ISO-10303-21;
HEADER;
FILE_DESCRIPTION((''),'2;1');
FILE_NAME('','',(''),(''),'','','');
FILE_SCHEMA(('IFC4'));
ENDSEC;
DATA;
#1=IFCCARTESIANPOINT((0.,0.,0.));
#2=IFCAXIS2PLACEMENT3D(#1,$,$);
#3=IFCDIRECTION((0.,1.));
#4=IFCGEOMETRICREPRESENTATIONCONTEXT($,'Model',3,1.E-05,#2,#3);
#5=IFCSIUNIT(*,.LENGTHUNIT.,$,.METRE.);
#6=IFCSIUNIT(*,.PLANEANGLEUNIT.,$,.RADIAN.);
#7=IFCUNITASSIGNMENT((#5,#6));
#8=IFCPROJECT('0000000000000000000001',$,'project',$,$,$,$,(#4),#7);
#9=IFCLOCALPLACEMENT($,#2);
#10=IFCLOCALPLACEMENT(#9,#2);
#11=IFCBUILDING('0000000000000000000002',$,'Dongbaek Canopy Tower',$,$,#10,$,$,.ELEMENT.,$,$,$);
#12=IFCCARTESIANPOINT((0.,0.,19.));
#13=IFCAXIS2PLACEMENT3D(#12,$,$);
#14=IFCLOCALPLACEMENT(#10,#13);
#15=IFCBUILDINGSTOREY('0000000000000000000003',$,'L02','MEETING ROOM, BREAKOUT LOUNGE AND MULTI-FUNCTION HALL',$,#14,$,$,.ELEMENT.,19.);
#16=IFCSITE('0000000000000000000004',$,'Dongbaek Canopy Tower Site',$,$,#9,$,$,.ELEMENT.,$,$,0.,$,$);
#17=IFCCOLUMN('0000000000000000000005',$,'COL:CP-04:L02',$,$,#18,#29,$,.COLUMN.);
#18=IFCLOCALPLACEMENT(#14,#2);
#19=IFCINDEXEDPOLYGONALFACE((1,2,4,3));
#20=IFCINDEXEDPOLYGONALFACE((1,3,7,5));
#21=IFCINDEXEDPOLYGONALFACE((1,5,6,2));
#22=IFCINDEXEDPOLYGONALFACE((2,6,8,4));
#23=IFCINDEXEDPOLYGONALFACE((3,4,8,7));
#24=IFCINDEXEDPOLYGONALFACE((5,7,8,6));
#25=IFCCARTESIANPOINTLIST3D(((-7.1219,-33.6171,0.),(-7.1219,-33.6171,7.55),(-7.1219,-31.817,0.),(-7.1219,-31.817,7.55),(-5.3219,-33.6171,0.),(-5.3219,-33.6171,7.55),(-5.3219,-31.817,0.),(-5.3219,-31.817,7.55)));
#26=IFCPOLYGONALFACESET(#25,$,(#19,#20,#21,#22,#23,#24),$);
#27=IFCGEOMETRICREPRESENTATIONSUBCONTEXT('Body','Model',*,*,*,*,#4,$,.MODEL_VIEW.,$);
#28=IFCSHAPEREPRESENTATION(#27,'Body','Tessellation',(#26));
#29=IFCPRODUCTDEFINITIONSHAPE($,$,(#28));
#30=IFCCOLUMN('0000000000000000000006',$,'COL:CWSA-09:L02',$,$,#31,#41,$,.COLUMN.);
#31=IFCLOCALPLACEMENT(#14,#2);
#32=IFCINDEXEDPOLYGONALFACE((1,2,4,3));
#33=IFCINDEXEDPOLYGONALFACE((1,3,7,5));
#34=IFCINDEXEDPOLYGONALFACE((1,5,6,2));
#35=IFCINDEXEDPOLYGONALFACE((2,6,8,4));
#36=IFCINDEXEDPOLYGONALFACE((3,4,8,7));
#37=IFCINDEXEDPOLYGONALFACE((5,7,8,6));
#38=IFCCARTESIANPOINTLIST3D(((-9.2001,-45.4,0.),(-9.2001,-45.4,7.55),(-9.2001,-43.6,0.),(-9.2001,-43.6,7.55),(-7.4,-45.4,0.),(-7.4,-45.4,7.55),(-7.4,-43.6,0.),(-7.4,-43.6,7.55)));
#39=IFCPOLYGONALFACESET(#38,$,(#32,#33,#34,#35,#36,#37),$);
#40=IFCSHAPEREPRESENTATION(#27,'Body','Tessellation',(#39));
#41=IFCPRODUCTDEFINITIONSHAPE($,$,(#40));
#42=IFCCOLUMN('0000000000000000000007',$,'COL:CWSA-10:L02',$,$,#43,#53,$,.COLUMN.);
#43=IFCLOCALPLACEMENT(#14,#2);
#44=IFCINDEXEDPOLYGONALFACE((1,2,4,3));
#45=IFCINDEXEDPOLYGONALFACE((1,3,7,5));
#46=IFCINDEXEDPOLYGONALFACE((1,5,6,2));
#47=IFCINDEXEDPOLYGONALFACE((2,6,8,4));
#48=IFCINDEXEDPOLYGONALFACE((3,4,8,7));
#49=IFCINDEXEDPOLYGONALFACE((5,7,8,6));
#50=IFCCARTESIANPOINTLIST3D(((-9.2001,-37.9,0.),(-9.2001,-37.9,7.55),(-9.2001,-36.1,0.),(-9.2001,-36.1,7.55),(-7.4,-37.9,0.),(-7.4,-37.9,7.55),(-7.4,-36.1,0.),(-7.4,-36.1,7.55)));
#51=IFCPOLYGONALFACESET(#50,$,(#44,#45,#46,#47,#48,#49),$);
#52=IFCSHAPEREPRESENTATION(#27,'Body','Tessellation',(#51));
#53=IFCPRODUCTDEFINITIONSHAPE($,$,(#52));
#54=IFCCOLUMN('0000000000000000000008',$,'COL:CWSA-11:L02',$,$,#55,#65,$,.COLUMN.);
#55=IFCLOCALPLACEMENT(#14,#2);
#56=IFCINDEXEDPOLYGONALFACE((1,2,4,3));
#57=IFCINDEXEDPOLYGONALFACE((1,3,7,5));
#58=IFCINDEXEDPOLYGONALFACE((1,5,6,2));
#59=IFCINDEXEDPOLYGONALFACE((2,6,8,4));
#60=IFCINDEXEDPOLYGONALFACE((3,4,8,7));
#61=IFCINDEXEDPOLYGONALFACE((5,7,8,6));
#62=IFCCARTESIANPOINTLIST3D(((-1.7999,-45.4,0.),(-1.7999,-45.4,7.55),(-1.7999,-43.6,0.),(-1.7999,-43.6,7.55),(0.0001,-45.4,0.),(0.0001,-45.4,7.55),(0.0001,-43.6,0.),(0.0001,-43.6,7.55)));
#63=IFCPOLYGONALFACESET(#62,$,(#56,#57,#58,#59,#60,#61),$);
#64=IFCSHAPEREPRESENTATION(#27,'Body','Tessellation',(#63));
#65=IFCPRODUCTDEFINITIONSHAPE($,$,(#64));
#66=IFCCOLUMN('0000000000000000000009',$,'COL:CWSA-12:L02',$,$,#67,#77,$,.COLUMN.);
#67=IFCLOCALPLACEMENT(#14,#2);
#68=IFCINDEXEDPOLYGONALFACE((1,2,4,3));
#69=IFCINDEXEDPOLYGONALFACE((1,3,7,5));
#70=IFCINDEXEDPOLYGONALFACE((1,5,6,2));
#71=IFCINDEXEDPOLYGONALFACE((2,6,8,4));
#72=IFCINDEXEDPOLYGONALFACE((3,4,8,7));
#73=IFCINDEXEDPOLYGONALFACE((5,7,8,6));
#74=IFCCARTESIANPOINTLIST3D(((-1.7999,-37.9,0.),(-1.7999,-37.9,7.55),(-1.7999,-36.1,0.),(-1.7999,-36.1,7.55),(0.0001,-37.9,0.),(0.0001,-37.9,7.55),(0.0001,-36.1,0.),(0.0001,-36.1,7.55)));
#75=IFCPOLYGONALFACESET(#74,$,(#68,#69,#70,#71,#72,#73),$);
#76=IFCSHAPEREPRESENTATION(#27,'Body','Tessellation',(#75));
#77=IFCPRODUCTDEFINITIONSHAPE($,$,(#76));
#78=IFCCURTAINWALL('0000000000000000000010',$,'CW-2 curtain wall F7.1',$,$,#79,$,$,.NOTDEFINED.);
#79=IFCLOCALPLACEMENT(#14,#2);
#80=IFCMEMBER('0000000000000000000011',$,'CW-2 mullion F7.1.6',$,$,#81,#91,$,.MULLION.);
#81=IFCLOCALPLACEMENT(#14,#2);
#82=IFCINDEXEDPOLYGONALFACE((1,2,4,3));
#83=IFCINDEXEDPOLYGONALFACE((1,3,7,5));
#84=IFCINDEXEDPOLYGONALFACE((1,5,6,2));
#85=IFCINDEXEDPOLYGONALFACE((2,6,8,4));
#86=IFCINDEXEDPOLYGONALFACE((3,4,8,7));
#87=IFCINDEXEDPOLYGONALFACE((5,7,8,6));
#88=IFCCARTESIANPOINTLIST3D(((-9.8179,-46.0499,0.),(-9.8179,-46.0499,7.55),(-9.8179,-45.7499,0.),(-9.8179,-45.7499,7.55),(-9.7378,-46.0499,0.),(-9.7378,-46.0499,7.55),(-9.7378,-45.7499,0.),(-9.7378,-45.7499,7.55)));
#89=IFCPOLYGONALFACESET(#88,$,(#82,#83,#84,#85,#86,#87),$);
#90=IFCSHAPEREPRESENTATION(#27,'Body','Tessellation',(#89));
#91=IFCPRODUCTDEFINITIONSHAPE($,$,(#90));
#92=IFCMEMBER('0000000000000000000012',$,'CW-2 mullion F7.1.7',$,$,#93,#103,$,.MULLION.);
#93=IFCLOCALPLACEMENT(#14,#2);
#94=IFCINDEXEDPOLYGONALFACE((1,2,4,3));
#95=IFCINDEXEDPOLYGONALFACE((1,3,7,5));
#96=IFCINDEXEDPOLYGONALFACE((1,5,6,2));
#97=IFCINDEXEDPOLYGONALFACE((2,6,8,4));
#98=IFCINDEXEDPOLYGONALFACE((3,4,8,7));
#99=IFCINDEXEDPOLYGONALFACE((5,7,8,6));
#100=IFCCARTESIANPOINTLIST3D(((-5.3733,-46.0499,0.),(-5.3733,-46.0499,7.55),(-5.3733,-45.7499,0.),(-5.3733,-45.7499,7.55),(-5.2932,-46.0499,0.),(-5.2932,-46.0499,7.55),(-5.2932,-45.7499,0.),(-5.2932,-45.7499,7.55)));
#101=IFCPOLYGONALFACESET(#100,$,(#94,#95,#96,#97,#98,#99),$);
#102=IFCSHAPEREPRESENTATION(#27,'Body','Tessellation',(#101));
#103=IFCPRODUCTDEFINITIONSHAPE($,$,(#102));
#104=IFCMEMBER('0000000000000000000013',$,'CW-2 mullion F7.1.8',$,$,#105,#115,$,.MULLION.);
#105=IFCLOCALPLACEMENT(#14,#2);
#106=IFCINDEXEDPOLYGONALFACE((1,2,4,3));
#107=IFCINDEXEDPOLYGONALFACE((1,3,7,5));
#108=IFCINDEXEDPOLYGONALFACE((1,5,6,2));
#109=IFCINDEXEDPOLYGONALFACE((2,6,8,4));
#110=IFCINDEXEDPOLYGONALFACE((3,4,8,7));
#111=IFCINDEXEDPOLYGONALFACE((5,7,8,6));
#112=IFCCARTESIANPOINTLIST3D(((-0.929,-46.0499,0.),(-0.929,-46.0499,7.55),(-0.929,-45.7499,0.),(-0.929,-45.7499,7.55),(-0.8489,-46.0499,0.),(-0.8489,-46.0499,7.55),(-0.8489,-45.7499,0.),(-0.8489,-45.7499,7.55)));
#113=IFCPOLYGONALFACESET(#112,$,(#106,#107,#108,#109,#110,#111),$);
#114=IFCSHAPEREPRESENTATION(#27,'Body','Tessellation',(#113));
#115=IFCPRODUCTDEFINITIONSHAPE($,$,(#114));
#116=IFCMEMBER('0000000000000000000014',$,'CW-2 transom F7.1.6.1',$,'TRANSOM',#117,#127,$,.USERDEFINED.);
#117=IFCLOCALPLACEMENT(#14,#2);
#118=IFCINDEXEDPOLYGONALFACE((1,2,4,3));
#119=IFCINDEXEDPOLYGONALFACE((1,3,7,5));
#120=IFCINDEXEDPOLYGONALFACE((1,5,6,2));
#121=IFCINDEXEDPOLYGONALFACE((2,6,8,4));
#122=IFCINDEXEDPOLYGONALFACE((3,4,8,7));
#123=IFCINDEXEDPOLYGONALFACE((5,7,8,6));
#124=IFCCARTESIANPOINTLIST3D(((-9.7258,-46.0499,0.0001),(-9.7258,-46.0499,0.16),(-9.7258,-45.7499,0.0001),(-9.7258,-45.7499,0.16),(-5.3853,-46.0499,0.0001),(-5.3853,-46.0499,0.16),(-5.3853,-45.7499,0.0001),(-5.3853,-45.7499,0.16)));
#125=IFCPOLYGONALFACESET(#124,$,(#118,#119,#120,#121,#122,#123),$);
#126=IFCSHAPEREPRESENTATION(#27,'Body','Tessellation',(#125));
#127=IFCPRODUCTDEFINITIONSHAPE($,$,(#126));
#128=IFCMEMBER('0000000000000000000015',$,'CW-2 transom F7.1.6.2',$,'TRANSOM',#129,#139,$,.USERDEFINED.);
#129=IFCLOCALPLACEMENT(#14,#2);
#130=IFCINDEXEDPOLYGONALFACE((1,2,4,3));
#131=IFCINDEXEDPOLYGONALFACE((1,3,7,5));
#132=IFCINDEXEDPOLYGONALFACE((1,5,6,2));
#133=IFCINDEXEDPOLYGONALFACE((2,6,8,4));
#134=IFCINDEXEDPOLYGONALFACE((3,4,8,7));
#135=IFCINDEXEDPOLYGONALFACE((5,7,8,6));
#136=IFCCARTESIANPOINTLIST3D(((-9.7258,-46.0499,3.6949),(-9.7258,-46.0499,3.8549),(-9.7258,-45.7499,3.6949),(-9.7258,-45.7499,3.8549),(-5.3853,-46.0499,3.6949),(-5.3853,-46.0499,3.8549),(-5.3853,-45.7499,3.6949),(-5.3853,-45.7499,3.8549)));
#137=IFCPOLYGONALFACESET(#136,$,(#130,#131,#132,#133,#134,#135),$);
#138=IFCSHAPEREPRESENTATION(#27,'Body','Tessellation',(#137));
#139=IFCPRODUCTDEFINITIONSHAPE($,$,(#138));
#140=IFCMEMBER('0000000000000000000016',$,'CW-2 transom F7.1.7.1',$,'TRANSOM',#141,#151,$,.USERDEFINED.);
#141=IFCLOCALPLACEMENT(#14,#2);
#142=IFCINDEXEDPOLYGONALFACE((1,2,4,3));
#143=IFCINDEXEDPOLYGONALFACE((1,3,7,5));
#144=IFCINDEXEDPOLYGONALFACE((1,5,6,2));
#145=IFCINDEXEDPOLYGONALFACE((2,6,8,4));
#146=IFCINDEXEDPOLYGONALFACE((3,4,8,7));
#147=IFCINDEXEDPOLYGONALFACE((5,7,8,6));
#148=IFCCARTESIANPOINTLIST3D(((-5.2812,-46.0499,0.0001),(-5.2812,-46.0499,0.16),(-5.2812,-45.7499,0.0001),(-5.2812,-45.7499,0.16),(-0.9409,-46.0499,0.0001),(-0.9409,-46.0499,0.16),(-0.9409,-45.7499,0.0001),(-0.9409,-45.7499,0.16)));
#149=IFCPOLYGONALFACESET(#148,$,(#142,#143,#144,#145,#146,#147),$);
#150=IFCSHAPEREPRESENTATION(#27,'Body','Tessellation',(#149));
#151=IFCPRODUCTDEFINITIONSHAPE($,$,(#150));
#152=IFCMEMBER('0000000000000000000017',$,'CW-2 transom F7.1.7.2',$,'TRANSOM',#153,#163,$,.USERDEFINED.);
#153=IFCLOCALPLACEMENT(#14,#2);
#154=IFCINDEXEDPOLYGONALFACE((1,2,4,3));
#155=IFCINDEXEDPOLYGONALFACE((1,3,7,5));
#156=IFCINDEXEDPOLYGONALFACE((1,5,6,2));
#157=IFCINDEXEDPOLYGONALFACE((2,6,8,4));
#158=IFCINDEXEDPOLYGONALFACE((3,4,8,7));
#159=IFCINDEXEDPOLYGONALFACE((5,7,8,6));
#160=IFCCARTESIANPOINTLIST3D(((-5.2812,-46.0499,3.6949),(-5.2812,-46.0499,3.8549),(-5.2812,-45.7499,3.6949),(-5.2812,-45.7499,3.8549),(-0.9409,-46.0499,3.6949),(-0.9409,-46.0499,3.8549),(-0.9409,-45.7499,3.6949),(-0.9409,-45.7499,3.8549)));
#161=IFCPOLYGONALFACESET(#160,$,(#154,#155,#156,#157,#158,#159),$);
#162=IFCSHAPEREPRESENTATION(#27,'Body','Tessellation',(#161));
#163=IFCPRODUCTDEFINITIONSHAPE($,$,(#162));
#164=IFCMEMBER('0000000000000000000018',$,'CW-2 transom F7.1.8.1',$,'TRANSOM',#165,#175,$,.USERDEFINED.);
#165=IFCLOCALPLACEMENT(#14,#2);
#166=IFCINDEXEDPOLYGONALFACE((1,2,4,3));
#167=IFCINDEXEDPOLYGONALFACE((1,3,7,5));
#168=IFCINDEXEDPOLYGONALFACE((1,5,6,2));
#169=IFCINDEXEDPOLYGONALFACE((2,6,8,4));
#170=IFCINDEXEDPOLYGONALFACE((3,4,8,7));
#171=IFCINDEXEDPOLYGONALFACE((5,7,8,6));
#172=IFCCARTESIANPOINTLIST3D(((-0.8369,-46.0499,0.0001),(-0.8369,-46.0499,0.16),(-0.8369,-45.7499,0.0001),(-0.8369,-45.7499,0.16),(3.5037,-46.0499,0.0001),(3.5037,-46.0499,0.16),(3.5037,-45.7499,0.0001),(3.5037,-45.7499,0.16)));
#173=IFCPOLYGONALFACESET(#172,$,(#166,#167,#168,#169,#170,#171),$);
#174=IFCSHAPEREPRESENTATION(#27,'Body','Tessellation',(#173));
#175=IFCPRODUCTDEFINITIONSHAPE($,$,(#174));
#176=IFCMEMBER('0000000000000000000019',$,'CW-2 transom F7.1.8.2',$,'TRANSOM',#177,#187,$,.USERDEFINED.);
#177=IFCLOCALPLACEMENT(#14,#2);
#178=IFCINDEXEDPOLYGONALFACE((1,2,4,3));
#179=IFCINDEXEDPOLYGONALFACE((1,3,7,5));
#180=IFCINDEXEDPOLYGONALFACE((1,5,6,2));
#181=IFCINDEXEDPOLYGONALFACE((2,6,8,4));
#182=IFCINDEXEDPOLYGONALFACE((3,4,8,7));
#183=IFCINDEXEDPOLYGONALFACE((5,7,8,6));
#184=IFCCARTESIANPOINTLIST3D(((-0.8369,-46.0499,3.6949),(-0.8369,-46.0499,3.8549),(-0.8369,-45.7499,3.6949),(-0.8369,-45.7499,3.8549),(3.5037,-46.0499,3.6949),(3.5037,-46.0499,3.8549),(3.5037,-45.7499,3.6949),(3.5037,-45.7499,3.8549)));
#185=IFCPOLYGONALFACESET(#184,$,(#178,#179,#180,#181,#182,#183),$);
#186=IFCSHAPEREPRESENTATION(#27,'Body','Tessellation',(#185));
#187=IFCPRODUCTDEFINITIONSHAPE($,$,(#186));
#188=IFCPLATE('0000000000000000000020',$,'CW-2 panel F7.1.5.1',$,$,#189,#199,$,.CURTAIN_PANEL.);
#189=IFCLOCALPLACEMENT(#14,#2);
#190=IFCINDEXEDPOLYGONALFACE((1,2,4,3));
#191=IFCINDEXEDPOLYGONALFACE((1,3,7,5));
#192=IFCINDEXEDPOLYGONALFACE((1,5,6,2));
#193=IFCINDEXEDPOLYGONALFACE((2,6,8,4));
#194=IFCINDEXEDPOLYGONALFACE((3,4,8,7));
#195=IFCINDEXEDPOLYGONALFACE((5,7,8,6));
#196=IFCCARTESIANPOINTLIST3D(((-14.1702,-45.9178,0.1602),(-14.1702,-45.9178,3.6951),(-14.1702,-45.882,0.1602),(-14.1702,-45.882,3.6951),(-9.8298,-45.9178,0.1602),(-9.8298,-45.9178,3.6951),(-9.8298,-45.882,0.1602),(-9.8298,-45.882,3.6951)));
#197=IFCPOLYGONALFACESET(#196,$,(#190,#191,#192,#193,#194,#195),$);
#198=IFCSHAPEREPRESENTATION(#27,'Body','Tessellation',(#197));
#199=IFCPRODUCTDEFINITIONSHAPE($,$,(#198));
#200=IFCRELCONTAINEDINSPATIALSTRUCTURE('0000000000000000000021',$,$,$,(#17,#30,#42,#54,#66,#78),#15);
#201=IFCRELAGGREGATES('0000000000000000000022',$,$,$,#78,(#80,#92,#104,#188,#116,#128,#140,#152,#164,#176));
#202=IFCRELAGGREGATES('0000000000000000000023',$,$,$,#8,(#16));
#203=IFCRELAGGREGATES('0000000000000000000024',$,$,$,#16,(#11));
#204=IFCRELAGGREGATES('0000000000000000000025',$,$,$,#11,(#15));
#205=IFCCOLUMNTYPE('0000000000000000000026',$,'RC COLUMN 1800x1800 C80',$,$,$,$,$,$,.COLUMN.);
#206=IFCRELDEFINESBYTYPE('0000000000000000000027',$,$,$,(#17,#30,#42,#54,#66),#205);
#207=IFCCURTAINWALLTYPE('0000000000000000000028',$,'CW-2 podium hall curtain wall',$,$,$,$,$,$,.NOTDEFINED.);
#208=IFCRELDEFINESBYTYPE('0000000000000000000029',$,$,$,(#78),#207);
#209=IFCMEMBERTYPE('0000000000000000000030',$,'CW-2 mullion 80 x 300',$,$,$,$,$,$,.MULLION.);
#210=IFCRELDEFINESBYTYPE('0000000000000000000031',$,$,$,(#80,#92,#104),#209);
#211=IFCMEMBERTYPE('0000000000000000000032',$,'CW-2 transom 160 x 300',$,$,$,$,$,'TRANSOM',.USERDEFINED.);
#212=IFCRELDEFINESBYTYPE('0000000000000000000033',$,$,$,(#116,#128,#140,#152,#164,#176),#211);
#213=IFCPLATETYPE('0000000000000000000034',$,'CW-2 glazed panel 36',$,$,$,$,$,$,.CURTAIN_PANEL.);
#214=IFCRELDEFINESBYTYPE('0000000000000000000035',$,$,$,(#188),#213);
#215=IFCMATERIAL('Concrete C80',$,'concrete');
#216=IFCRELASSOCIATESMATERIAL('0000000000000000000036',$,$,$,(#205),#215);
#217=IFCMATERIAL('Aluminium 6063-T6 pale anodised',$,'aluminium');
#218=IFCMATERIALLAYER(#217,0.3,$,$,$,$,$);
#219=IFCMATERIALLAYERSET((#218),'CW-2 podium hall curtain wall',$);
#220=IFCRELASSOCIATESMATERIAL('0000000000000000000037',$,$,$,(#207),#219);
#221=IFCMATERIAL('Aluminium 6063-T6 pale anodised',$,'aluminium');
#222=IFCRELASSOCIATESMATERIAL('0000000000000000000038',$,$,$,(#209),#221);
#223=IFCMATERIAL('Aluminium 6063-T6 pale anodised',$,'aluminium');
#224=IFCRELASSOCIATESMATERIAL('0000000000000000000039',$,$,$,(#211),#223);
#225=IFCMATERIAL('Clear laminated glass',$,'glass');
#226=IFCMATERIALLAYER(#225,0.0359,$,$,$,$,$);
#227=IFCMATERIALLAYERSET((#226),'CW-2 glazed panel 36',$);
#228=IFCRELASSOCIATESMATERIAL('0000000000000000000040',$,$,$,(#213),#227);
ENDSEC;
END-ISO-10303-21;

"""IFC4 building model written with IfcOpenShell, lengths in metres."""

from ifc_helpers import new_model, si_unit, direction, frame, origin, origin_2d, place, context, subcontext, project, spatial, rectangle, extrude, material, layer, layer_set, material_profile, profile_set, type_object, element, aggregate, save


model = new_model("IFC4")

# Units and contexts
model_context = context("Model", 3, precision=1e-05, world=origin(), true_north=direction((0.0, 1.0)))
body_context = subcontext(model_context, "Body", "Model", "MODEL_VIEW")
ifc_project = project(units=[si_unit("LENGTHUNIT", "METRE"), si_unit("PLANEANGLEUNIT", "RADIAN")], contexts=[model_context])

# Site, building, storey
site_placement = place(None, origin())
site = spatial("IfcSite", under=ifc_project, at=site_placement, Name="Dongbaek Canopy Tower Site", CompositionType="ELEMENT", RefElevation=0.0)
building_placement = place(site_placement, origin())
building = spatial("IfcBuilding", under=site, at=building_placement, Name="Dongbaek Canopy Tower", CompositionType="ELEMENT")
storey_placement = place(building_placement, frame((0.0, 0.0, 19.0)))
storey = spatial("IfcBuildingStorey", under=building, at=storey_placement, Name="L02", Description="MEETING ROOM, BREAKOUT LOUNGE AND MULTI-FUNCTION HALL", CompositionType="ELEMENT", Elevation=19.0)

# Columns
ifc_material_1 = material(Name="Concrete C80", Category="concrete")
ifc_material_profile_1 = material_profile(ifc_material_1, rectangle(XDim=1.8, YDim=1.8, at=origin_2d()), Name="RC COLUMN 1800x1800 C80")
ifc_profile_set_1 = profile_set([ifc_material_profile_1], Name="Concrete C80")
column_type = type_object("IfcColumnType", Name="RC COLUMN 1800x1800 C80", PredefinedType="COLUMN", material=ifc_profile_set_1)
for number, where, z_axis, x_axis, name in (
    (1, (-6.2219, -32.717, 0.0), (0.0, 0.0, 1.0), (1.0, 0.0, 0.0), "COL:CP-04:L02"),
    (2, (-8.3, -44.5, 0.0), (0.0, 0.0, 1.0), (1.0, 0.0, 0.0), "COL:CWSA-09:L02"),
    (3, (-8.3, -37.0, 0.0), (0.0, 0.0, 1.0), (1.0, 0.0, 0.0), "COL:CWSA-10:L02"),
    (4, (-0.8999, -44.5, 0.0), (0.0, 0.0, 1.0), (1.0, 0.0, 0.0), "COL:CWSA-11:L02"),
    (5, (-0.8999, -37.0, 0.0), (0.0, 0.0, 1.0), (1.0, 0.0, 0.0), "COL:CWSA-12:L02"),
):
    element("IfcColumn", number, at=place(storey_placement, frame(where, z_axis=z_axis, x_axis=x_axis)), inside=storey, type_object=column_type, Name=name, PredefinedType="COLUMN", context=body_context, shape_type="SweptSolid", body=[
        extrude(rectangle(XDim=1.8, YDim=1.8, at=origin_2d()), origin(), (0.0, 0.0, 1.0), 7.55),
    ])

# Curtain wall, members, plate
ifc_material_2 = material(Name="Aluminium 6063-T6 pale anodised", Category="aluminium")
ifc_layer_1 = layer(ifc_material_2, 0.3)
ifc_layer_set_1 = layer_set([ifc_layer_1], Name="CW-2 podium hall curtain wall")
curtain_wall_type = type_object("IfcCurtainWallType", Name="CW-2 podium hall curtain wall", PredefinedType="NOTDEFINED", material=ifc_layer_set_1)
curtain_wall_placement = place(storey_placement, origin())
curtain_wall = element("IfcCurtainWall", 6, at=curtain_wall_placement, inside=storey, type_object=curtain_wall_type, Name="CW-2 curtain wall F7.1", PredefinedType="NOTDEFINED")
ifc_material_3 = material(Name="Aluminium 6063-T6 pale anodised", Category="aluminium")
ifc_material_profile_2 = material_profile(ifc_material_3, rectangle(XDim=0.3, YDim=0.0801, at=origin_2d()), Name="CW-2 mullion 80 x 300")
ifc_profile_set_2 = profile_set([ifc_material_profile_2], Name="Aluminium 6063-T6 pale anodised")
member_type_1 = type_object("IfcMemberType", Name="CW-2 mullion 80 x 300", PredefinedType="MULLION", material=ifc_profile_set_2)
member_1_placement = place(storey_placement, frame((-9.7778, -45.8999, 0.0), z_axis=(0.0, 0.0, 1.0), x_axis=(0.0, -1.0, 0.0)))
member_1 = element("IfcMember", 7, at=member_1_placement, type_object=member_type_1, Name="CW-2 mullion F7.1.6", PredefinedType="MULLION", context=body_context, shape_type="SweptSolid", body=[
    extrude(rectangle(XDim=0.3, YDim=0.0801, at=origin_2d()), origin(), (0.0, 0.0, 1.0), 7.55),
])
member_2_placement = place(storey_placement, frame((-5.3333, -45.8999, 0.0), z_axis=(0.0, 0.0, 1.0), x_axis=(0.0, -1.0, 0.0)))
member_2 = element("IfcMember", 8, at=member_2_placement, type_object=member_type_1, Name="CW-2 mullion F7.1.7", PredefinedType="MULLION", context=body_context, shape_type="SweptSolid", body=[
    extrude(rectangle(XDim=0.3, YDim=0.0801, at=origin_2d()), origin(), (0.0, 0.0, 1.0), 7.55),
])
member_3_placement = place(storey_placement, frame((-0.8889, -45.8999, 0.0), z_axis=(0.0, 0.0, 1.0), x_axis=(0.0, -1.0, 0.0)))
member_3 = element("IfcMember", 9, at=member_3_placement, type_object=member_type_1, Name="CW-2 mullion F7.1.8", PredefinedType="MULLION", context=body_context, shape_type="SweptSolid", body=[
    extrude(rectangle(XDim=0.3, YDim=0.0801, at=origin_2d()), origin(), (0.0, 0.0, 1.0), 7.55),
])
ifc_material_4 = material(Name="Aluminium 6063-T6 pale anodised", Category="aluminium")
ifc_material_profile_3 = material_profile(ifc_material_4, rectangle(XDim=0.3, YDim=0.1599, at=origin_2d()), Name="CW-2 transom 160 x 300")
ifc_profile_set_3 = profile_set([ifc_material_profile_3], Name="Aluminium 6063-T6 pale anodised")
member_type_2 = type_object("IfcMemberType", Name="CW-2 transom 160 x 300", ElementType="TRANSOM", PredefinedType="USERDEFINED", material=ifc_profile_set_3)
member_4_placement = place(storey_placement, frame((-9.7258, -45.8999, 0.0801), z_axis=(1.0, 0.0, 0.0), x_axis=(0.0, 1.0, 0.0)))
member_4 = element("IfcMember", 10, at=member_4_placement, type_object=member_type_2, Name="CW-2 transom F7.1.6.1", ObjectType="TRANSOM", PredefinedType="USERDEFINED", context=body_context, shape_type="SweptSolid", body=[
    extrude(rectangle(XDim=0.3, YDim=0.1599, at=origin_2d()), origin(), (0.0, 0.0, 1.0), 4.3406),
])
member_5_placement = place(storey_placement, frame((-9.7258, -45.8999, 3.7749), z_axis=(1.0, 0.0, 0.0), x_axis=(0.0, 1.0, 0.0)))
member_5 = element("IfcMember", 11, at=member_5_placement, type_object=member_type_2, Name="CW-2 transom F7.1.6.2", ObjectType="TRANSOM", PredefinedType="USERDEFINED", context=body_context, shape_type="SweptSolid", body=[
    extrude(rectangle(XDim=0.3, YDim=0.1599, at=origin_2d()), origin(), (0.0, 0.0, 1.0), 4.3406),
])
member_6_placement = place(storey_placement, frame((-5.2812, -45.8999, 0.0801), z_axis=(1.0, 0.0, 0.0), x_axis=(0.0, 1.0, 0.0)))
member_6 = element("IfcMember", 12, at=member_6_placement, type_object=member_type_2, Name="CW-2 transom F7.1.7.1", ObjectType="TRANSOM", PredefinedType="USERDEFINED", context=body_context, shape_type="SweptSolid", body=[
    extrude(rectangle(XDim=0.3, YDim=0.1599, at=origin_2d()), origin(), (0.0, 0.0, 1.0), 4.3403),
])
member_7_placement = place(storey_placement, frame((-5.2812, -45.8999, 3.7749), z_axis=(1.0, 0.0, 0.0), x_axis=(0.0, 1.0, 0.0)))
member_7 = element("IfcMember", 13, at=member_7_placement, type_object=member_type_2, Name="CW-2 transom F7.1.7.2", ObjectType="TRANSOM", PredefinedType="USERDEFINED", context=body_context, shape_type="SweptSolid", body=[
    extrude(rectangle(XDim=0.3, YDim=0.1599, at=origin_2d()), origin(), (0.0, 0.0, 1.0), 4.3403),
])
member_8_placement = place(storey_placement, frame((-0.8369, -45.8999, 0.0801), z_axis=(1.0, 0.0, 0.0), x_axis=(0.0, 1.0, 0.0)))
member_8 = element("IfcMember", 14, at=member_8_placement, type_object=member_type_2, Name="CW-2 transom F7.1.8.1", ObjectType="TRANSOM", PredefinedType="USERDEFINED", context=body_context, shape_type="SweptSolid", body=[
    extrude(rectangle(XDim=0.3, YDim=0.1599, at=origin_2d()), origin(), (0.0, 0.0, 1.0), 4.3406),
])
member_9_placement = place(storey_placement, frame((-0.8369, -45.8999, 3.7749), z_axis=(1.0, 0.0, 0.0), x_axis=(0.0, 1.0, 0.0)))
member_9 = element("IfcMember", 15, at=member_9_placement, type_object=member_type_2, Name="CW-2 transom F7.1.8.2", ObjectType="TRANSOM", PredefinedType="USERDEFINED", context=body_context, shape_type="SweptSolid", body=[
    extrude(rectangle(XDim=0.3, YDim=0.1599, at=origin_2d()), origin(), (0.0, 0.0, 1.0), 4.3406),
])
ifc_material_5 = material(Name="Clear laminated glass", Category="glass")
ifc_layer_2 = layer(ifc_material_5, 0.0359)
ifc_layer_set_2 = layer_set([ifc_layer_2], Name="CW-2 glazed panel 36")
plate_type = type_object("IfcPlateType", Name="CW-2 glazed panel 36", PredefinedType="CURTAIN_PANEL", material=ifc_layer_set_2)
plate_1_placement = place(storey_placement, frame((-12.0, -45.8999, 0.1602), z_axis=(0.0, 0.0, 1.0), x_axis=(1.0, 0.0, 0.0)))
plate_1 = element("IfcPlate", 16, at=plate_1_placement, type_object=plate_type, Name="CW-2 panel F7.1.5.1", PredefinedType="CURTAIN_PANEL", context=body_context, shape_type="SweptSolid", body=[
    extrude(rectangle(XDim=4.3403, YDim=0.0359, at=origin_2d()), origin(), (0.0, 0.0, 1.0), 3.5349),
])
aggregate(curtain_wall, [member_1, member_2, member_3, plate_1, member_4, member_5, member_6, member_7, member_8, member_9])

save(model, "model.ifc")
